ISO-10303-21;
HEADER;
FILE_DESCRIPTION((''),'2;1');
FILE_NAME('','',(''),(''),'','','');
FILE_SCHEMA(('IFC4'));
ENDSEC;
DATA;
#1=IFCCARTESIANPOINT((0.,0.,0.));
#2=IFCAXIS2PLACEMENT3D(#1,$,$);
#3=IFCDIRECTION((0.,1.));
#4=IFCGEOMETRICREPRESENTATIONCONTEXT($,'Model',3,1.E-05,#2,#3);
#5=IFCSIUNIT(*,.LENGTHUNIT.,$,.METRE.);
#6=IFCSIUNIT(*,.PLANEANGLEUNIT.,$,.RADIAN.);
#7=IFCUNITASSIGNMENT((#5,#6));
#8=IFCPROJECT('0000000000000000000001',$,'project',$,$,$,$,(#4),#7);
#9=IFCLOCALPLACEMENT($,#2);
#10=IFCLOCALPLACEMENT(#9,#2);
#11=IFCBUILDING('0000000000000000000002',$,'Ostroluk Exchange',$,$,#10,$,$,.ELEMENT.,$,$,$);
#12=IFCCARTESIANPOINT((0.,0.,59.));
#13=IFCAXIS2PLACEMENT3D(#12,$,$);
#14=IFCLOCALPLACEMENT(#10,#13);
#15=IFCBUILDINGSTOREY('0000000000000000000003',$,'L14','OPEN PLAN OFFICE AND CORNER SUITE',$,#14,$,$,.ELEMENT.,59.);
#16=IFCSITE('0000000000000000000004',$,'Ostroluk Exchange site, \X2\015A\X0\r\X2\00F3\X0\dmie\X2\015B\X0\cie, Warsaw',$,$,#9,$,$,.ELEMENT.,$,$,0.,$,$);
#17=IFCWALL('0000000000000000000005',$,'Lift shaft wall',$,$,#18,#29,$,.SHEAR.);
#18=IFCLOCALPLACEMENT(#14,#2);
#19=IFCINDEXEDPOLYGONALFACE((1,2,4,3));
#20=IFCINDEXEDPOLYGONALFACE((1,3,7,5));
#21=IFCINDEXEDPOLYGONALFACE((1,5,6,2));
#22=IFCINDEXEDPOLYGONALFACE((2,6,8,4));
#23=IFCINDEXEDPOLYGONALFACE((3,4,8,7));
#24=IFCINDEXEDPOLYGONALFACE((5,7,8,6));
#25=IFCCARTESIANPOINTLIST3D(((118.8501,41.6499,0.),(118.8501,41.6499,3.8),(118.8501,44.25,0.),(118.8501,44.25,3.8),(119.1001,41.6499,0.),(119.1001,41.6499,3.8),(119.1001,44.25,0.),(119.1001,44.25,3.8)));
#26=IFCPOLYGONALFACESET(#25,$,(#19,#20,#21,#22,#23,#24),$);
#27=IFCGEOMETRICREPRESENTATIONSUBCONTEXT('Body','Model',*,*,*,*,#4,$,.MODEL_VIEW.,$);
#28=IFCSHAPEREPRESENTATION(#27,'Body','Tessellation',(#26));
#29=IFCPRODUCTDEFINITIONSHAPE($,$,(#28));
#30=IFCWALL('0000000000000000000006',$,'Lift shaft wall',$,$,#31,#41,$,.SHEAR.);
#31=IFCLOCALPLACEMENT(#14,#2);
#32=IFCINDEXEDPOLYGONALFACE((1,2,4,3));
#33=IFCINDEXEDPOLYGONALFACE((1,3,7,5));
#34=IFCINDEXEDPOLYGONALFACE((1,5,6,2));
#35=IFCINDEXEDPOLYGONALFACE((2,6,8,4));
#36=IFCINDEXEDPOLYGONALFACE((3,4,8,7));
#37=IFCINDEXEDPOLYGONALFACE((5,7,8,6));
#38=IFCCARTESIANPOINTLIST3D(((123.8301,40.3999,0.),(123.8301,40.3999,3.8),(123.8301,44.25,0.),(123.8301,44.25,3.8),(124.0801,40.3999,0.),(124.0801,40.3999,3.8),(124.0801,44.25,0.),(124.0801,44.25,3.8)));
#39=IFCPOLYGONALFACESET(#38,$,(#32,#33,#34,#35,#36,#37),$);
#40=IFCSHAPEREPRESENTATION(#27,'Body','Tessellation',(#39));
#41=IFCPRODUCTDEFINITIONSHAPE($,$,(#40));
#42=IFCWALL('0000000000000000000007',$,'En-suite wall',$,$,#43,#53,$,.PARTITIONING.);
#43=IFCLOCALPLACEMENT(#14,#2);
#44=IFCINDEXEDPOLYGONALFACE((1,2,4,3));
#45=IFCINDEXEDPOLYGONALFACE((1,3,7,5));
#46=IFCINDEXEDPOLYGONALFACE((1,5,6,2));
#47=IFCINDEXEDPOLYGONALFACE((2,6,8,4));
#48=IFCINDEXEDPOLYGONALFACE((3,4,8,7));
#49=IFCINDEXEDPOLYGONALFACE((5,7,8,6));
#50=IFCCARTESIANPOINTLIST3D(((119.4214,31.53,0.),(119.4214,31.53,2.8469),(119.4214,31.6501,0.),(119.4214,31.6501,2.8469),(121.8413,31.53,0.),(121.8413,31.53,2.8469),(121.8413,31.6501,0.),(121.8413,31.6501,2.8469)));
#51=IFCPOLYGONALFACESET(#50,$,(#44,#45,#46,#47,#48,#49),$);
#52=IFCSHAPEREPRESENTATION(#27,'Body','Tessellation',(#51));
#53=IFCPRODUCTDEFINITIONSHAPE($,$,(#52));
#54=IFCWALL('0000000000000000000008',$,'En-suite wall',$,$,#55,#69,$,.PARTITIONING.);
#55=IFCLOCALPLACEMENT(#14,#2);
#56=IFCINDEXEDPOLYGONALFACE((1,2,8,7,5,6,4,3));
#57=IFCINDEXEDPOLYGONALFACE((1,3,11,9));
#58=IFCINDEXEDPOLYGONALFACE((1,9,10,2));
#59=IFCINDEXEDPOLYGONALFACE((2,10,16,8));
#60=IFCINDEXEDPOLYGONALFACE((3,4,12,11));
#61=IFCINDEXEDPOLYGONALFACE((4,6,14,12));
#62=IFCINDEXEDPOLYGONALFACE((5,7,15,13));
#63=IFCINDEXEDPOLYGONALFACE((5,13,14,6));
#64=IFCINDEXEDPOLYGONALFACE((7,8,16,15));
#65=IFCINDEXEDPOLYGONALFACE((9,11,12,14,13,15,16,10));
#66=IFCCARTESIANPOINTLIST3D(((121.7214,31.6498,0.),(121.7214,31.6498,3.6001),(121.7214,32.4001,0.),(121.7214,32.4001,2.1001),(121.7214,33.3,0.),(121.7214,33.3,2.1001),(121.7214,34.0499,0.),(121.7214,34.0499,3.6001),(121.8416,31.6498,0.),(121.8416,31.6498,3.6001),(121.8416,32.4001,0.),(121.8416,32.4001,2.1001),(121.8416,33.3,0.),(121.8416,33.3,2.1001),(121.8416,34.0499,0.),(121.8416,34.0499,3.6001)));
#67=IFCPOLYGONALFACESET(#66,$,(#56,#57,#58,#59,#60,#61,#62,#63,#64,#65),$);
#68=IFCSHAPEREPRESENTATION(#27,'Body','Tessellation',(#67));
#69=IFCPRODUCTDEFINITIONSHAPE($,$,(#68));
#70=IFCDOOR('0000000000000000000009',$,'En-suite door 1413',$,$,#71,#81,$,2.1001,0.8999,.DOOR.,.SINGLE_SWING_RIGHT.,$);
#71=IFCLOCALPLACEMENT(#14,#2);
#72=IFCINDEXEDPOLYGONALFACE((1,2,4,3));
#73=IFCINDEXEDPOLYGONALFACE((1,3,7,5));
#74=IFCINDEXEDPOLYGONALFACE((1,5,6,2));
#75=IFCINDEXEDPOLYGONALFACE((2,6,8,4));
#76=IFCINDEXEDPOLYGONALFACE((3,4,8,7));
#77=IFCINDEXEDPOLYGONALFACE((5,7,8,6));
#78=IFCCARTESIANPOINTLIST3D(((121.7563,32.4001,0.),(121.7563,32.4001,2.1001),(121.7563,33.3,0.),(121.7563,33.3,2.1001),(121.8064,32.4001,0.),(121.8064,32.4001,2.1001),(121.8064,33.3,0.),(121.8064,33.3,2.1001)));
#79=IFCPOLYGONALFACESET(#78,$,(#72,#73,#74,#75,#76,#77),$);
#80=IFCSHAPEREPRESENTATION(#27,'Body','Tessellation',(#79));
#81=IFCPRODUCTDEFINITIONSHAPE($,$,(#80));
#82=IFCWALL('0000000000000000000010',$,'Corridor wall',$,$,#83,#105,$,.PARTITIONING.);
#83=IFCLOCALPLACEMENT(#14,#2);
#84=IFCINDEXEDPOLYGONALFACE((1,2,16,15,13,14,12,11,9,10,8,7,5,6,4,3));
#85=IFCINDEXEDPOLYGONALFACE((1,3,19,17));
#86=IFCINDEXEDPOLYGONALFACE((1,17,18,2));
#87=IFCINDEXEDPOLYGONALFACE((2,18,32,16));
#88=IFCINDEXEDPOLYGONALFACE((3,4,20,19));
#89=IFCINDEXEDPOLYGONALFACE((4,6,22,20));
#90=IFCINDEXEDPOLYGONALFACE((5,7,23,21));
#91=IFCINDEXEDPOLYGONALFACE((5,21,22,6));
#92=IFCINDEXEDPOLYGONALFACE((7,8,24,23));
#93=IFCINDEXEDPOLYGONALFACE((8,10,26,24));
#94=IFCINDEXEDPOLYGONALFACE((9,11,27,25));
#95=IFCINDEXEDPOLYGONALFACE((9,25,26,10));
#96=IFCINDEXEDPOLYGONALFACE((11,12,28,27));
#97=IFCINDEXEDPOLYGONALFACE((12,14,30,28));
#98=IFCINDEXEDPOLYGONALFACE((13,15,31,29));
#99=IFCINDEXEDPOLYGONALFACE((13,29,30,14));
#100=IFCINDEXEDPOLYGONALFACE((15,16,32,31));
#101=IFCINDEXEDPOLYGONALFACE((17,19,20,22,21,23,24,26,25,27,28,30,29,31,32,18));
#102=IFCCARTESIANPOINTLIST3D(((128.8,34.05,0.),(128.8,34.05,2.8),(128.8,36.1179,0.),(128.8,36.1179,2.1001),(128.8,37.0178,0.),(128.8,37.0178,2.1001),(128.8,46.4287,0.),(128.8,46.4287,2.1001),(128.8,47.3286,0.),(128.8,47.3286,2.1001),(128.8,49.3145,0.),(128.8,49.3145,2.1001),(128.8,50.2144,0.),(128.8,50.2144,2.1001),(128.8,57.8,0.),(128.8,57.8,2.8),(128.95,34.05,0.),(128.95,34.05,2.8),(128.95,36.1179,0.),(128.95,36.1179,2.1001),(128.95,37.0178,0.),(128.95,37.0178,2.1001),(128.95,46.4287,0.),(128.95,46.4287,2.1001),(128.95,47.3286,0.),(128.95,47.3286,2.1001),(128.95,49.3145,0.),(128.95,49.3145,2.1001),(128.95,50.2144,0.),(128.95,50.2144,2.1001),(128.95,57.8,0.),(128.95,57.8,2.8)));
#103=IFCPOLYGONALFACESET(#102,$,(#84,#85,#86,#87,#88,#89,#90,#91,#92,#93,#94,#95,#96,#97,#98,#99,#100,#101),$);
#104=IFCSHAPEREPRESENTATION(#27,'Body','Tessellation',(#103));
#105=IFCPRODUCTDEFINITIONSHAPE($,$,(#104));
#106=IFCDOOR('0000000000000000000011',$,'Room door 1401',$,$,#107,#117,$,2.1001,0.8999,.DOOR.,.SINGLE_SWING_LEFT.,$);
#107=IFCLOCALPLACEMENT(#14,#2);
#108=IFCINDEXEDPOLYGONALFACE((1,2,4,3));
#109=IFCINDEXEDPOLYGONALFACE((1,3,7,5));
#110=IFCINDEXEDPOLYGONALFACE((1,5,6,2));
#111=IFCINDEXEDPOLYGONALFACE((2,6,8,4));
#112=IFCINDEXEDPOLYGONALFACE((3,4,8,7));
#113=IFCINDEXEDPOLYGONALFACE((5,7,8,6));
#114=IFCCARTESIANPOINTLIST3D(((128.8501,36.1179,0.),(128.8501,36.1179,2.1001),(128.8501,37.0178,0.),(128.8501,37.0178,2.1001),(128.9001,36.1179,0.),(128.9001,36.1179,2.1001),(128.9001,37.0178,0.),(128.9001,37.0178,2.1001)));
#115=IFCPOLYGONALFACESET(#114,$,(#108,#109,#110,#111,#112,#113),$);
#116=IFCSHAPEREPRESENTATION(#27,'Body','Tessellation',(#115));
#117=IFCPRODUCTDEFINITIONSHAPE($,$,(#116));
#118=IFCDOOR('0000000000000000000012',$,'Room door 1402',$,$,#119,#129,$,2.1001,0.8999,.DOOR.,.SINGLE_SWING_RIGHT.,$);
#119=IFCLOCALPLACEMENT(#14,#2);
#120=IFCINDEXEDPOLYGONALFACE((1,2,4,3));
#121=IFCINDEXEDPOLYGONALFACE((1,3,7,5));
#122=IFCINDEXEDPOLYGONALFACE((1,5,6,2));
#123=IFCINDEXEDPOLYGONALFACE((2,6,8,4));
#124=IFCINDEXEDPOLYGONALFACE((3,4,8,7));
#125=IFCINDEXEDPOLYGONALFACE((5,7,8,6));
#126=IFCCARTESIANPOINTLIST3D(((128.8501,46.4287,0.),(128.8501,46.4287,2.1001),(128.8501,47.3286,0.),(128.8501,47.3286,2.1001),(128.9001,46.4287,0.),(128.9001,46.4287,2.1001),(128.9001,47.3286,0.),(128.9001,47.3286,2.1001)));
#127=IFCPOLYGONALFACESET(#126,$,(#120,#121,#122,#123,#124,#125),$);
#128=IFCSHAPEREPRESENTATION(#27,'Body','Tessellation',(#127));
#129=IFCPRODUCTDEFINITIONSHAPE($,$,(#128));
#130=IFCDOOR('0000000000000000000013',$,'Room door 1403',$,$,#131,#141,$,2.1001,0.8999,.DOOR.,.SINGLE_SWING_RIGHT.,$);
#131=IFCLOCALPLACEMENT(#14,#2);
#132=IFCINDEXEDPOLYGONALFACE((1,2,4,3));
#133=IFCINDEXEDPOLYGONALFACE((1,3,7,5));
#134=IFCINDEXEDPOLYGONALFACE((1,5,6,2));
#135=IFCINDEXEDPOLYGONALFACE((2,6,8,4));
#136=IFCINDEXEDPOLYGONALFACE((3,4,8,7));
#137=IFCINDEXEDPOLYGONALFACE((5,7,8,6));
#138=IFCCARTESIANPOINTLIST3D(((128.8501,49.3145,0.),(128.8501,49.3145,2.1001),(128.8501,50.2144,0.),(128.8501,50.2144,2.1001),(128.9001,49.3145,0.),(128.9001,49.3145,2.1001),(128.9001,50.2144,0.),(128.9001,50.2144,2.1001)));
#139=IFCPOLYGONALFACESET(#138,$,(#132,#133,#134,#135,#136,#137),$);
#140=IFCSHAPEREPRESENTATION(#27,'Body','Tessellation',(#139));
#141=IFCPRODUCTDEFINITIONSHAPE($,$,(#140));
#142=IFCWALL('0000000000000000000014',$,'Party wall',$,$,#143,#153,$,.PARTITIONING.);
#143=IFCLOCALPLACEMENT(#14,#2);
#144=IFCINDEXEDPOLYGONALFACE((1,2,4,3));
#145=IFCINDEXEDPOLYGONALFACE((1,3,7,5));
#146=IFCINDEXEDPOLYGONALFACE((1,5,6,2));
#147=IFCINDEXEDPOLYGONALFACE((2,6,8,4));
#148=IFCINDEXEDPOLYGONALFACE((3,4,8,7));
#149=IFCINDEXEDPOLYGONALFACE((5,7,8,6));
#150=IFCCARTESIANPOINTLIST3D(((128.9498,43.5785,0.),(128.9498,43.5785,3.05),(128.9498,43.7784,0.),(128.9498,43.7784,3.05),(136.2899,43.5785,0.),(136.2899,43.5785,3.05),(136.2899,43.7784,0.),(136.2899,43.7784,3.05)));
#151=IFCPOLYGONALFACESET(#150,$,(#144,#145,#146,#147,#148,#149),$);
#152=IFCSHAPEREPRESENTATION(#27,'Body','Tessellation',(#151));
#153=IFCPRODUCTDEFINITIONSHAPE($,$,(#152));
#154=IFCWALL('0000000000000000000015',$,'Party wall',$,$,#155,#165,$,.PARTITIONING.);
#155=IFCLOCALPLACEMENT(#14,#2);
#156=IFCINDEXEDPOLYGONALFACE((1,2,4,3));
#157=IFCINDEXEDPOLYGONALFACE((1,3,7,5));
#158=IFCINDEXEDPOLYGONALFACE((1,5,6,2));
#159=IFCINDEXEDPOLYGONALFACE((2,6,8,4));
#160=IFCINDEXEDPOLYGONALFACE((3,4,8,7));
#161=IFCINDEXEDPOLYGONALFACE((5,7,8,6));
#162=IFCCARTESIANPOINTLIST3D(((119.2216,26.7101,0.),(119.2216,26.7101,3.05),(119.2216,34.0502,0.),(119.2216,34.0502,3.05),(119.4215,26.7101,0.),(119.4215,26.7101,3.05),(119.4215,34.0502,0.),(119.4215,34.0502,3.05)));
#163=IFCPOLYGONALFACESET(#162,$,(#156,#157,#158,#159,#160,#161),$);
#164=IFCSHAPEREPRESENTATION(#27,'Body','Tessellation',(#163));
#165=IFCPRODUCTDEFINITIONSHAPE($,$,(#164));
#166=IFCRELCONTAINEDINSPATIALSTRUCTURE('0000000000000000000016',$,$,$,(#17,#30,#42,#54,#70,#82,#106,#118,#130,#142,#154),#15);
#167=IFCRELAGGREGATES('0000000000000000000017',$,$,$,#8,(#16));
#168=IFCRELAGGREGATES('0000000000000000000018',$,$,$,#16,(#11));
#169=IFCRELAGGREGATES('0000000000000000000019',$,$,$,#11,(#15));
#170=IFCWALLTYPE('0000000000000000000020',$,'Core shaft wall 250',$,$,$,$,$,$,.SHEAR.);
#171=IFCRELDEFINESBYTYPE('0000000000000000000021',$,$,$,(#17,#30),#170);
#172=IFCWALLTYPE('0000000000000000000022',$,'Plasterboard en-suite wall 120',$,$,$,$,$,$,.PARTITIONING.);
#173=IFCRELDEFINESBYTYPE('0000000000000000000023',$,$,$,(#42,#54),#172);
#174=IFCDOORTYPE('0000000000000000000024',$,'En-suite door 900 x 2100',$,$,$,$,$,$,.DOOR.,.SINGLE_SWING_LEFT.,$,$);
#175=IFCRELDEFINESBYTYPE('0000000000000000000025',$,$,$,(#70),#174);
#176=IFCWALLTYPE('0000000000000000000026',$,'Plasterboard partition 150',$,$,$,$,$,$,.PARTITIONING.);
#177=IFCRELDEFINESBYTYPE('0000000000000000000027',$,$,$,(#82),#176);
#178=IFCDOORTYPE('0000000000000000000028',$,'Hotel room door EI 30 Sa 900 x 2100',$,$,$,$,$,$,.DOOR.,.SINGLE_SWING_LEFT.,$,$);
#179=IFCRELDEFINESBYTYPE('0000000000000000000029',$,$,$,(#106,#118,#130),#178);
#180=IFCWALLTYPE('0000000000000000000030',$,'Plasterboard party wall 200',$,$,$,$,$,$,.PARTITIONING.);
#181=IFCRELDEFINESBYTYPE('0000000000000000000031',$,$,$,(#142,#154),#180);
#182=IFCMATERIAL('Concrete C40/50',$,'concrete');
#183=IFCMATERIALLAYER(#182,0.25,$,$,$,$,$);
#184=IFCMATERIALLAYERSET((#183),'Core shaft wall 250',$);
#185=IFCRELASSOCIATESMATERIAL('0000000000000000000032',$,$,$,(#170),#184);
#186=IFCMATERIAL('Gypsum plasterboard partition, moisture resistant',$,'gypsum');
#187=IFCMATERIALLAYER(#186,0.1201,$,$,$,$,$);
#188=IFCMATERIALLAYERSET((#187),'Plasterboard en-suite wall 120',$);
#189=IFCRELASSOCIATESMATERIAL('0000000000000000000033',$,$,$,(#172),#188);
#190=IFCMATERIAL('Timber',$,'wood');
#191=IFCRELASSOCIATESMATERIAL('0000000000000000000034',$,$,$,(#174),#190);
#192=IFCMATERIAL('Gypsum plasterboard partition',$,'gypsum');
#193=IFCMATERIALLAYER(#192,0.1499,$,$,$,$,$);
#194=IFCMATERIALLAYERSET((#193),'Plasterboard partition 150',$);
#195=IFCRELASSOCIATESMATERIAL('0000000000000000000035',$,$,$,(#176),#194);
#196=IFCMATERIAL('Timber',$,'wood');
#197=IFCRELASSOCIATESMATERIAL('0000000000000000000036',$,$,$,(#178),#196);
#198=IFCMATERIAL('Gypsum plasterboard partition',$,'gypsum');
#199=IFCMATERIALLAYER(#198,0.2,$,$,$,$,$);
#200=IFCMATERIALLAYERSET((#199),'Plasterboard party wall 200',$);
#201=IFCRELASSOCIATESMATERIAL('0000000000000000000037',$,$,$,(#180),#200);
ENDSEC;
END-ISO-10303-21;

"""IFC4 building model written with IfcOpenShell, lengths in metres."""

from ifc_helpers import new_model, si_unit, direction, frame, frame_2d, origin, place, context, subcontext, project, spatial, rectangle, extrude, material, layer, layer_set, type_object, element, fill, save


model = new_model("IFC4")

# Units and contexts
model_context = context("Model", 3, precision=1e-05, world=origin(), true_north=direction((0.0, 1.0)))
body_context = subcontext(model_context, "Body", "Model", "MODEL_VIEW")
ifc_project = project(units=[si_unit("LENGTHUNIT", "METRE"), si_unit("PLANEANGLEUNIT", "RADIAN")], contexts=[model_context])

# Site, building, storey
site_placement = place(None, origin())
site = spatial("IfcSite", under=ifc_project, at=site_placement, Name="Ostroluk Exchange site, Śródmieście, Warsaw", CompositionType="ELEMENT", RefElevation=0.0)
building_placement = place(site_placement, origin())
building = spatial("IfcBuilding", under=site, at=building_placement, Name="Ostroluk Exchange", CompositionType="ELEMENT")
storey_placement = place(building_placement, frame((0.0, 0.0, 59.0)))
storey = spatial("IfcBuildingStorey", under=building, at=storey_placement, Name="L14", Description="OPEN PLAN OFFICE AND CORNER SUITE", CompositionType="ELEMENT", Elevation=59.0)

# Walls
ifc_material_1 = material(Name="Concrete C40/50", Category="concrete")
ifc_layer_1 = layer(ifc_material_1, 0.25)
ifc_layer_set_1 = layer_set([ifc_layer_1], Name="Core shaft wall 250")
wall_type_1 = type_object("IfcWallType", Name="Core shaft wall 250", PredefinedType="SHEAR", material=ifc_layer_set_1)
wall_1_placement = place(storey_placement, frame((118.9751, 44.25, 0.0), z_axis=(0.0, 0.0, 1.0), x_axis=(0.0, -1.0, 0.0)))
element("IfcWall", 1, at=wall_1_placement, inside=storey, type_object=wall_type_1, Name="Lift shaft wall", PredefinedType="SHEAR", context=body_context, shape_type="SweptSolid", body=[
    extrude(rectangle(XDim=2.6001, YDim=0.25, at=frame_2d((1.3, 0.0))), origin(), (0.0, 0.0, 1.0), 3.8),
])
wall_2_placement = place(storey_placement, frame((123.9551, 44.25, 0.0), z_axis=(0.0, 0.0, 1.0), x_axis=(0.0, -1.0, 0.0)))
element("IfcWall", 2, at=wall_2_placement, inside=storey, type_object=wall_type_1, Name="Lift shaft wall", PredefinedType="SHEAR", context=body_context, shape_type="SweptSolid", body=[
    extrude(rectangle(XDim=3.8501, YDim=0.25, at=frame_2d((1.925, 0.0))), origin(), (0.0, 0.0, 1.0), 3.8),
])

# Wall
ifc_material_2 = material(Name="Gypsum plasterboard partition, moisture resistant", Category="gypsum")
ifc_layer_2 = layer(ifc_material_2, 0.1201)
ifc_layer_set_2 = layer_set([ifc_layer_2], Name="Plasterboard en-suite wall 120")
wall_type_2 = type_object("IfcWallType", Name="Plasterboard en-suite wall 120", PredefinedType="PARTITIONING", material=ifc_layer_set_2)
wall_3_placement = place(storey_placement, frame((119.4214, 31.5901, 0.0), z_axis=(0.0, 0.0, 1.0), x_axis=(1.0, 0.0, 0.0)))
element("IfcWall", 3, at=wall_3_placement, inside=storey, type_object=wall_type_2, Name="En-suite wall", PredefinedType="PARTITIONING", context=body_context, shape_type="SweptSolid", body=[
    extrude(rectangle(XDim=2.4199, YDim=0.1201, at=frame_2d((1.21, 0.0))), origin(), (0.0, 0.0, 1.0), 2.8469),
])

# Wall, opening, door
wall_4_placement = place(storey_placement, frame((121.7815, 34.05, 0.0), z_axis=(0.0, 0.0, 1.0), x_axis=(0.0, -1.0, 0.0)))
wall_4 = element("IfcWall", 4, at=wall_4_placement, inside=storey, type_object=wall_type_2, Name="En-suite wall", PredefinedType="PARTITIONING", context=body_context, shape_type="SweptSolid", body=[
    extrude(rectangle(XDim=2.4001, YDim=0.1201, at=frame_2d((1.2002, 0.0))), origin(), (0.0, 0.0, 1.0), 3.6001),
])
opening_1_placement = place(wall_4_placement, frame((0.75, 0.0, 0.0)))
opening_1 = element("IfcOpeningElement", 5, at=opening_1_placement, cuts=wall_4, PredefinedType="OPENING", context=body_context, shape_type="SweptSolid", body=[
    extrude(rectangle(XDim=0.8999, YDim=2.1001, at=frame_2d((0.45, 1.05))), frame((0.0, 0.0701, 0.0), z_axis=(0.0, -1.0, 0.0), x_axis=(1.0, 0.0, 0.0)), (0.0, 0.0, 1.0), 0.1401),
])
ifc_material_3 = material(Name="Timber", Category="wood")
door_type_1 = type_object("IfcDoorType", Name="En-suite door 900 x 2100", OperationType="SINGLE_SWING_LEFT", PredefinedType="DOOR", material=ifc_material_3)
door_1_placement = place(opening_1_placement, origin())
door_1 = element("IfcDoor", 6, at=door_1_placement, inside=storey, type_object=door_type_1, Name="En-suite door 1413", OperationType="SINGLE_SWING_RIGHT", OverallHeight=2.1001, OverallWidth=0.8999, PredefinedType="DOOR", context=body_context, shape_type="SweptSolid", body=[
    extrude(rectangle(XDim=0.8999, YDim=2.1001, at=frame_2d((0.45, 1.05))), frame((0.0, 0.0249, 0.0), z_axis=(0.0, -1.0, 0.0), x_axis=(1.0, 0.0, 0.0)), (0.0, 0.0, 1.0), 0.05),
])
fill(opening_1, door_1)

# Wall, openings, doors
ifc_material_4 = material(Name="Gypsum plasterboard partition", Category="gypsum")
ifc_layer_3 = layer(ifc_material_4, 0.1499)
ifc_layer_set_3 = layer_set([ifc_layer_3], Name="Plasterboard partition 150")
wall_type_3 = type_object("IfcWallType", Name="Plasterboard partition 150", PredefinedType="PARTITIONING", material=ifc_layer_set_3)
wall_5_placement = place(storey_placement, frame((128.875, 34.05, 0.0), z_axis=(0.0, 0.0, 1.0), x_axis=(0.0, 1.0, 0.0)))
wall_5 = element("IfcWall", 7, at=wall_5_placement, inside=storey, type_object=wall_type_3, Name="Corridor wall", PredefinedType="PARTITIONING", context=body_context, shape_type="SweptSolid", body=[
    extrude(rectangle(XDim=23.75, YDim=0.1499, at=frame_2d((11.875, 0.0))), origin(), (0.0, 0.0, 1.0), 2.8),
])
opening_2_placement = place(wall_5_placement, frame((2.0679, 0.0, 0.0)))
opening_2 = element("IfcOpeningElement", 8, at=opening_2_placement, cuts=wall_5, PredefinedType="OPENING", context=body_context, shape_type="SweptSolid", body=[
    extrude(rectangle(XDim=0.8999, YDim=2.1001, at=frame_2d((0.45, 1.05))), frame((0.0, 0.085, 0.0), z_axis=(0.0, -1.0, 0.0), x_axis=(1.0, 0.0, 0.0)), (0.0, 0.0, 1.0), 0.1699),
])
opening_3_placement = place(wall_5_placement, frame((12.3787, 0.0, 0.0)))
opening_3 = element("IfcOpeningElement", 9, at=opening_3_placement, cuts=wall_5, PredefinedType="OPENING", context=body_context, shape_type="SweptSolid", body=[
    extrude(rectangle(XDim=0.8999, YDim=2.1001, at=frame_2d((0.45, 1.05))), frame((0.0, 0.085, 0.0), z_axis=(0.0, -1.0, 0.0), x_axis=(1.0, 0.0, 0.0)), (0.0, 0.0, 1.0), 0.1699),
])
opening_4_placement = place(wall_5_placement, frame((15.2644, 0.0, 0.0)))
opening_4 = element("IfcOpeningElement", 10, at=opening_4_placement, cuts=wall_5, PredefinedType="OPENING", context=body_context, shape_type="SweptSolid", body=[
    extrude(rectangle(XDim=0.8999, YDim=2.1001, at=frame_2d((0.45, 1.05))), frame((0.0, 0.085, 0.0), z_axis=(0.0, -1.0, 0.0), x_axis=(1.0, 0.0, 0.0)), (0.0, 0.0, 1.0), 0.1699),
])
ifc_material_5 = material(Name="Timber", Category="wood")
door_type_2 = type_object("IfcDoorType", Name="Hotel room door EI 30 Sa 900 x 2100", OperationType="SINGLE_SWING_LEFT", PredefinedType="DOOR", material=ifc_material_5)
door_2_placement = place(opening_2_placement, origin())
door_2 = element("IfcDoor", 11, at=door_2_placement, inside=storey, type_object=door_type_2, Name="Room door 1401", OperationType="SINGLE_SWING_LEFT", OverallHeight=2.1001, OverallWidth=0.8999, PredefinedType="DOOR", context=body_context, shape_type="SweptSolid", body=[
    extrude(rectangle(XDim=0.8999, YDim=2.1001, at=frame_2d((0.45, 1.05))), frame((0.0, 0.0249, 0.0), z_axis=(0.0, -1.0, 0.0), x_axis=(1.0, 0.0, 0.0)), (0.0, 0.0, 1.0), 0.05),
])
fill(opening_2, door_2)
door_3_placement = place(opening_3_placement, origin())
door_3 = element("IfcDoor", 12, at=door_3_placement, inside=storey, type_object=door_type_2, Name="Room door 1402", OperationType="SINGLE_SWING_RIGHT", OverallHeight=2.1001, OverallWidth=0.8999, PredefinedType="DOOR", context=body_context, shape_type="SweptSolid", body=[
    extrude(rectangle(XDim=0.8999, YDim=2.1001, at=frame_2d((0.45, 1.05))), frame((0.0, 0.0249, 0.0), z_axis=(0.0, -1.0, 0.0), x_axis=(1.0, 0.0, 0.0)), (0.0, 0.0, 1.0), 0.05),
])
fill(opening_3, door_3)
door_4_placement = place(opening_4_placement, origin())
door_4 = element("IfcDoor", 13, at=door_4_placement, inside=storey, type_object=door_type_2, Name="Room door 1403", OperationType="SINGLE_SWING_RIGHT", OverallHeight=2.1001, OverallWidth=0.8999, PredefinedType="DOOR", context=body_context, shape_type="SweptSolid", body=[
    extrude(rectangle(XDim=0.8999, YDim=2.1001, at=frame_2d((0.45, 1.05))), frame((0.0, 0.0249, 0.0), z_axis=(0.0, -1.0, 0.0), x_axis=(1.0, 0.0, 0.0)), (0.0, 0.0, 1.0), 0.05),
])
fill(opening_4, door_4)

# Walls
ifc_material_6 = material(Name="Gypsum plasterboard partition", Category="gypsum")
ifc_layer_4 = layer(ifc_material_6, 0.2)
ifc_layer_set_4 = layer_set([ifc_layer_4], Name="Plasterboard party wall 200")
wall_type_4 = type_object("IfcWallType", Name="Plasterboard party wall 200", PredefinedType="PARTITIONING", material=ifc_layer_set_4)
for number, where, z_axis, x_axis, name in (
    (14, (128.95, 43.6785, 0.0), (0.0, 0.0, 1.0), (1.0, 0.0, 0.0), "Party wall"),
    (15, (119.3215, 34.05, 0.0), (0.0, 0.0, 1.0), (0.0, -1.0, 0.0), "Party wall"),
):
    element("IfcWall", number, at=place(storey_placement, frame(where, z_axis=z_axis, x_axis=x_axis)), inside=storey, type_object=wall_type_4, Name=name, PredefinedType="PARTITIONING", context=body_context, shape_type="SweptSolid", body=[
        extrude(rectangle(XDim=7.3401, YDim=0.2, at=frame_2d((3.6699, 0.0))), origin(), (0.0, 0.0, 1.0), 3.05),
    ])

save(model, "model.ifc")
